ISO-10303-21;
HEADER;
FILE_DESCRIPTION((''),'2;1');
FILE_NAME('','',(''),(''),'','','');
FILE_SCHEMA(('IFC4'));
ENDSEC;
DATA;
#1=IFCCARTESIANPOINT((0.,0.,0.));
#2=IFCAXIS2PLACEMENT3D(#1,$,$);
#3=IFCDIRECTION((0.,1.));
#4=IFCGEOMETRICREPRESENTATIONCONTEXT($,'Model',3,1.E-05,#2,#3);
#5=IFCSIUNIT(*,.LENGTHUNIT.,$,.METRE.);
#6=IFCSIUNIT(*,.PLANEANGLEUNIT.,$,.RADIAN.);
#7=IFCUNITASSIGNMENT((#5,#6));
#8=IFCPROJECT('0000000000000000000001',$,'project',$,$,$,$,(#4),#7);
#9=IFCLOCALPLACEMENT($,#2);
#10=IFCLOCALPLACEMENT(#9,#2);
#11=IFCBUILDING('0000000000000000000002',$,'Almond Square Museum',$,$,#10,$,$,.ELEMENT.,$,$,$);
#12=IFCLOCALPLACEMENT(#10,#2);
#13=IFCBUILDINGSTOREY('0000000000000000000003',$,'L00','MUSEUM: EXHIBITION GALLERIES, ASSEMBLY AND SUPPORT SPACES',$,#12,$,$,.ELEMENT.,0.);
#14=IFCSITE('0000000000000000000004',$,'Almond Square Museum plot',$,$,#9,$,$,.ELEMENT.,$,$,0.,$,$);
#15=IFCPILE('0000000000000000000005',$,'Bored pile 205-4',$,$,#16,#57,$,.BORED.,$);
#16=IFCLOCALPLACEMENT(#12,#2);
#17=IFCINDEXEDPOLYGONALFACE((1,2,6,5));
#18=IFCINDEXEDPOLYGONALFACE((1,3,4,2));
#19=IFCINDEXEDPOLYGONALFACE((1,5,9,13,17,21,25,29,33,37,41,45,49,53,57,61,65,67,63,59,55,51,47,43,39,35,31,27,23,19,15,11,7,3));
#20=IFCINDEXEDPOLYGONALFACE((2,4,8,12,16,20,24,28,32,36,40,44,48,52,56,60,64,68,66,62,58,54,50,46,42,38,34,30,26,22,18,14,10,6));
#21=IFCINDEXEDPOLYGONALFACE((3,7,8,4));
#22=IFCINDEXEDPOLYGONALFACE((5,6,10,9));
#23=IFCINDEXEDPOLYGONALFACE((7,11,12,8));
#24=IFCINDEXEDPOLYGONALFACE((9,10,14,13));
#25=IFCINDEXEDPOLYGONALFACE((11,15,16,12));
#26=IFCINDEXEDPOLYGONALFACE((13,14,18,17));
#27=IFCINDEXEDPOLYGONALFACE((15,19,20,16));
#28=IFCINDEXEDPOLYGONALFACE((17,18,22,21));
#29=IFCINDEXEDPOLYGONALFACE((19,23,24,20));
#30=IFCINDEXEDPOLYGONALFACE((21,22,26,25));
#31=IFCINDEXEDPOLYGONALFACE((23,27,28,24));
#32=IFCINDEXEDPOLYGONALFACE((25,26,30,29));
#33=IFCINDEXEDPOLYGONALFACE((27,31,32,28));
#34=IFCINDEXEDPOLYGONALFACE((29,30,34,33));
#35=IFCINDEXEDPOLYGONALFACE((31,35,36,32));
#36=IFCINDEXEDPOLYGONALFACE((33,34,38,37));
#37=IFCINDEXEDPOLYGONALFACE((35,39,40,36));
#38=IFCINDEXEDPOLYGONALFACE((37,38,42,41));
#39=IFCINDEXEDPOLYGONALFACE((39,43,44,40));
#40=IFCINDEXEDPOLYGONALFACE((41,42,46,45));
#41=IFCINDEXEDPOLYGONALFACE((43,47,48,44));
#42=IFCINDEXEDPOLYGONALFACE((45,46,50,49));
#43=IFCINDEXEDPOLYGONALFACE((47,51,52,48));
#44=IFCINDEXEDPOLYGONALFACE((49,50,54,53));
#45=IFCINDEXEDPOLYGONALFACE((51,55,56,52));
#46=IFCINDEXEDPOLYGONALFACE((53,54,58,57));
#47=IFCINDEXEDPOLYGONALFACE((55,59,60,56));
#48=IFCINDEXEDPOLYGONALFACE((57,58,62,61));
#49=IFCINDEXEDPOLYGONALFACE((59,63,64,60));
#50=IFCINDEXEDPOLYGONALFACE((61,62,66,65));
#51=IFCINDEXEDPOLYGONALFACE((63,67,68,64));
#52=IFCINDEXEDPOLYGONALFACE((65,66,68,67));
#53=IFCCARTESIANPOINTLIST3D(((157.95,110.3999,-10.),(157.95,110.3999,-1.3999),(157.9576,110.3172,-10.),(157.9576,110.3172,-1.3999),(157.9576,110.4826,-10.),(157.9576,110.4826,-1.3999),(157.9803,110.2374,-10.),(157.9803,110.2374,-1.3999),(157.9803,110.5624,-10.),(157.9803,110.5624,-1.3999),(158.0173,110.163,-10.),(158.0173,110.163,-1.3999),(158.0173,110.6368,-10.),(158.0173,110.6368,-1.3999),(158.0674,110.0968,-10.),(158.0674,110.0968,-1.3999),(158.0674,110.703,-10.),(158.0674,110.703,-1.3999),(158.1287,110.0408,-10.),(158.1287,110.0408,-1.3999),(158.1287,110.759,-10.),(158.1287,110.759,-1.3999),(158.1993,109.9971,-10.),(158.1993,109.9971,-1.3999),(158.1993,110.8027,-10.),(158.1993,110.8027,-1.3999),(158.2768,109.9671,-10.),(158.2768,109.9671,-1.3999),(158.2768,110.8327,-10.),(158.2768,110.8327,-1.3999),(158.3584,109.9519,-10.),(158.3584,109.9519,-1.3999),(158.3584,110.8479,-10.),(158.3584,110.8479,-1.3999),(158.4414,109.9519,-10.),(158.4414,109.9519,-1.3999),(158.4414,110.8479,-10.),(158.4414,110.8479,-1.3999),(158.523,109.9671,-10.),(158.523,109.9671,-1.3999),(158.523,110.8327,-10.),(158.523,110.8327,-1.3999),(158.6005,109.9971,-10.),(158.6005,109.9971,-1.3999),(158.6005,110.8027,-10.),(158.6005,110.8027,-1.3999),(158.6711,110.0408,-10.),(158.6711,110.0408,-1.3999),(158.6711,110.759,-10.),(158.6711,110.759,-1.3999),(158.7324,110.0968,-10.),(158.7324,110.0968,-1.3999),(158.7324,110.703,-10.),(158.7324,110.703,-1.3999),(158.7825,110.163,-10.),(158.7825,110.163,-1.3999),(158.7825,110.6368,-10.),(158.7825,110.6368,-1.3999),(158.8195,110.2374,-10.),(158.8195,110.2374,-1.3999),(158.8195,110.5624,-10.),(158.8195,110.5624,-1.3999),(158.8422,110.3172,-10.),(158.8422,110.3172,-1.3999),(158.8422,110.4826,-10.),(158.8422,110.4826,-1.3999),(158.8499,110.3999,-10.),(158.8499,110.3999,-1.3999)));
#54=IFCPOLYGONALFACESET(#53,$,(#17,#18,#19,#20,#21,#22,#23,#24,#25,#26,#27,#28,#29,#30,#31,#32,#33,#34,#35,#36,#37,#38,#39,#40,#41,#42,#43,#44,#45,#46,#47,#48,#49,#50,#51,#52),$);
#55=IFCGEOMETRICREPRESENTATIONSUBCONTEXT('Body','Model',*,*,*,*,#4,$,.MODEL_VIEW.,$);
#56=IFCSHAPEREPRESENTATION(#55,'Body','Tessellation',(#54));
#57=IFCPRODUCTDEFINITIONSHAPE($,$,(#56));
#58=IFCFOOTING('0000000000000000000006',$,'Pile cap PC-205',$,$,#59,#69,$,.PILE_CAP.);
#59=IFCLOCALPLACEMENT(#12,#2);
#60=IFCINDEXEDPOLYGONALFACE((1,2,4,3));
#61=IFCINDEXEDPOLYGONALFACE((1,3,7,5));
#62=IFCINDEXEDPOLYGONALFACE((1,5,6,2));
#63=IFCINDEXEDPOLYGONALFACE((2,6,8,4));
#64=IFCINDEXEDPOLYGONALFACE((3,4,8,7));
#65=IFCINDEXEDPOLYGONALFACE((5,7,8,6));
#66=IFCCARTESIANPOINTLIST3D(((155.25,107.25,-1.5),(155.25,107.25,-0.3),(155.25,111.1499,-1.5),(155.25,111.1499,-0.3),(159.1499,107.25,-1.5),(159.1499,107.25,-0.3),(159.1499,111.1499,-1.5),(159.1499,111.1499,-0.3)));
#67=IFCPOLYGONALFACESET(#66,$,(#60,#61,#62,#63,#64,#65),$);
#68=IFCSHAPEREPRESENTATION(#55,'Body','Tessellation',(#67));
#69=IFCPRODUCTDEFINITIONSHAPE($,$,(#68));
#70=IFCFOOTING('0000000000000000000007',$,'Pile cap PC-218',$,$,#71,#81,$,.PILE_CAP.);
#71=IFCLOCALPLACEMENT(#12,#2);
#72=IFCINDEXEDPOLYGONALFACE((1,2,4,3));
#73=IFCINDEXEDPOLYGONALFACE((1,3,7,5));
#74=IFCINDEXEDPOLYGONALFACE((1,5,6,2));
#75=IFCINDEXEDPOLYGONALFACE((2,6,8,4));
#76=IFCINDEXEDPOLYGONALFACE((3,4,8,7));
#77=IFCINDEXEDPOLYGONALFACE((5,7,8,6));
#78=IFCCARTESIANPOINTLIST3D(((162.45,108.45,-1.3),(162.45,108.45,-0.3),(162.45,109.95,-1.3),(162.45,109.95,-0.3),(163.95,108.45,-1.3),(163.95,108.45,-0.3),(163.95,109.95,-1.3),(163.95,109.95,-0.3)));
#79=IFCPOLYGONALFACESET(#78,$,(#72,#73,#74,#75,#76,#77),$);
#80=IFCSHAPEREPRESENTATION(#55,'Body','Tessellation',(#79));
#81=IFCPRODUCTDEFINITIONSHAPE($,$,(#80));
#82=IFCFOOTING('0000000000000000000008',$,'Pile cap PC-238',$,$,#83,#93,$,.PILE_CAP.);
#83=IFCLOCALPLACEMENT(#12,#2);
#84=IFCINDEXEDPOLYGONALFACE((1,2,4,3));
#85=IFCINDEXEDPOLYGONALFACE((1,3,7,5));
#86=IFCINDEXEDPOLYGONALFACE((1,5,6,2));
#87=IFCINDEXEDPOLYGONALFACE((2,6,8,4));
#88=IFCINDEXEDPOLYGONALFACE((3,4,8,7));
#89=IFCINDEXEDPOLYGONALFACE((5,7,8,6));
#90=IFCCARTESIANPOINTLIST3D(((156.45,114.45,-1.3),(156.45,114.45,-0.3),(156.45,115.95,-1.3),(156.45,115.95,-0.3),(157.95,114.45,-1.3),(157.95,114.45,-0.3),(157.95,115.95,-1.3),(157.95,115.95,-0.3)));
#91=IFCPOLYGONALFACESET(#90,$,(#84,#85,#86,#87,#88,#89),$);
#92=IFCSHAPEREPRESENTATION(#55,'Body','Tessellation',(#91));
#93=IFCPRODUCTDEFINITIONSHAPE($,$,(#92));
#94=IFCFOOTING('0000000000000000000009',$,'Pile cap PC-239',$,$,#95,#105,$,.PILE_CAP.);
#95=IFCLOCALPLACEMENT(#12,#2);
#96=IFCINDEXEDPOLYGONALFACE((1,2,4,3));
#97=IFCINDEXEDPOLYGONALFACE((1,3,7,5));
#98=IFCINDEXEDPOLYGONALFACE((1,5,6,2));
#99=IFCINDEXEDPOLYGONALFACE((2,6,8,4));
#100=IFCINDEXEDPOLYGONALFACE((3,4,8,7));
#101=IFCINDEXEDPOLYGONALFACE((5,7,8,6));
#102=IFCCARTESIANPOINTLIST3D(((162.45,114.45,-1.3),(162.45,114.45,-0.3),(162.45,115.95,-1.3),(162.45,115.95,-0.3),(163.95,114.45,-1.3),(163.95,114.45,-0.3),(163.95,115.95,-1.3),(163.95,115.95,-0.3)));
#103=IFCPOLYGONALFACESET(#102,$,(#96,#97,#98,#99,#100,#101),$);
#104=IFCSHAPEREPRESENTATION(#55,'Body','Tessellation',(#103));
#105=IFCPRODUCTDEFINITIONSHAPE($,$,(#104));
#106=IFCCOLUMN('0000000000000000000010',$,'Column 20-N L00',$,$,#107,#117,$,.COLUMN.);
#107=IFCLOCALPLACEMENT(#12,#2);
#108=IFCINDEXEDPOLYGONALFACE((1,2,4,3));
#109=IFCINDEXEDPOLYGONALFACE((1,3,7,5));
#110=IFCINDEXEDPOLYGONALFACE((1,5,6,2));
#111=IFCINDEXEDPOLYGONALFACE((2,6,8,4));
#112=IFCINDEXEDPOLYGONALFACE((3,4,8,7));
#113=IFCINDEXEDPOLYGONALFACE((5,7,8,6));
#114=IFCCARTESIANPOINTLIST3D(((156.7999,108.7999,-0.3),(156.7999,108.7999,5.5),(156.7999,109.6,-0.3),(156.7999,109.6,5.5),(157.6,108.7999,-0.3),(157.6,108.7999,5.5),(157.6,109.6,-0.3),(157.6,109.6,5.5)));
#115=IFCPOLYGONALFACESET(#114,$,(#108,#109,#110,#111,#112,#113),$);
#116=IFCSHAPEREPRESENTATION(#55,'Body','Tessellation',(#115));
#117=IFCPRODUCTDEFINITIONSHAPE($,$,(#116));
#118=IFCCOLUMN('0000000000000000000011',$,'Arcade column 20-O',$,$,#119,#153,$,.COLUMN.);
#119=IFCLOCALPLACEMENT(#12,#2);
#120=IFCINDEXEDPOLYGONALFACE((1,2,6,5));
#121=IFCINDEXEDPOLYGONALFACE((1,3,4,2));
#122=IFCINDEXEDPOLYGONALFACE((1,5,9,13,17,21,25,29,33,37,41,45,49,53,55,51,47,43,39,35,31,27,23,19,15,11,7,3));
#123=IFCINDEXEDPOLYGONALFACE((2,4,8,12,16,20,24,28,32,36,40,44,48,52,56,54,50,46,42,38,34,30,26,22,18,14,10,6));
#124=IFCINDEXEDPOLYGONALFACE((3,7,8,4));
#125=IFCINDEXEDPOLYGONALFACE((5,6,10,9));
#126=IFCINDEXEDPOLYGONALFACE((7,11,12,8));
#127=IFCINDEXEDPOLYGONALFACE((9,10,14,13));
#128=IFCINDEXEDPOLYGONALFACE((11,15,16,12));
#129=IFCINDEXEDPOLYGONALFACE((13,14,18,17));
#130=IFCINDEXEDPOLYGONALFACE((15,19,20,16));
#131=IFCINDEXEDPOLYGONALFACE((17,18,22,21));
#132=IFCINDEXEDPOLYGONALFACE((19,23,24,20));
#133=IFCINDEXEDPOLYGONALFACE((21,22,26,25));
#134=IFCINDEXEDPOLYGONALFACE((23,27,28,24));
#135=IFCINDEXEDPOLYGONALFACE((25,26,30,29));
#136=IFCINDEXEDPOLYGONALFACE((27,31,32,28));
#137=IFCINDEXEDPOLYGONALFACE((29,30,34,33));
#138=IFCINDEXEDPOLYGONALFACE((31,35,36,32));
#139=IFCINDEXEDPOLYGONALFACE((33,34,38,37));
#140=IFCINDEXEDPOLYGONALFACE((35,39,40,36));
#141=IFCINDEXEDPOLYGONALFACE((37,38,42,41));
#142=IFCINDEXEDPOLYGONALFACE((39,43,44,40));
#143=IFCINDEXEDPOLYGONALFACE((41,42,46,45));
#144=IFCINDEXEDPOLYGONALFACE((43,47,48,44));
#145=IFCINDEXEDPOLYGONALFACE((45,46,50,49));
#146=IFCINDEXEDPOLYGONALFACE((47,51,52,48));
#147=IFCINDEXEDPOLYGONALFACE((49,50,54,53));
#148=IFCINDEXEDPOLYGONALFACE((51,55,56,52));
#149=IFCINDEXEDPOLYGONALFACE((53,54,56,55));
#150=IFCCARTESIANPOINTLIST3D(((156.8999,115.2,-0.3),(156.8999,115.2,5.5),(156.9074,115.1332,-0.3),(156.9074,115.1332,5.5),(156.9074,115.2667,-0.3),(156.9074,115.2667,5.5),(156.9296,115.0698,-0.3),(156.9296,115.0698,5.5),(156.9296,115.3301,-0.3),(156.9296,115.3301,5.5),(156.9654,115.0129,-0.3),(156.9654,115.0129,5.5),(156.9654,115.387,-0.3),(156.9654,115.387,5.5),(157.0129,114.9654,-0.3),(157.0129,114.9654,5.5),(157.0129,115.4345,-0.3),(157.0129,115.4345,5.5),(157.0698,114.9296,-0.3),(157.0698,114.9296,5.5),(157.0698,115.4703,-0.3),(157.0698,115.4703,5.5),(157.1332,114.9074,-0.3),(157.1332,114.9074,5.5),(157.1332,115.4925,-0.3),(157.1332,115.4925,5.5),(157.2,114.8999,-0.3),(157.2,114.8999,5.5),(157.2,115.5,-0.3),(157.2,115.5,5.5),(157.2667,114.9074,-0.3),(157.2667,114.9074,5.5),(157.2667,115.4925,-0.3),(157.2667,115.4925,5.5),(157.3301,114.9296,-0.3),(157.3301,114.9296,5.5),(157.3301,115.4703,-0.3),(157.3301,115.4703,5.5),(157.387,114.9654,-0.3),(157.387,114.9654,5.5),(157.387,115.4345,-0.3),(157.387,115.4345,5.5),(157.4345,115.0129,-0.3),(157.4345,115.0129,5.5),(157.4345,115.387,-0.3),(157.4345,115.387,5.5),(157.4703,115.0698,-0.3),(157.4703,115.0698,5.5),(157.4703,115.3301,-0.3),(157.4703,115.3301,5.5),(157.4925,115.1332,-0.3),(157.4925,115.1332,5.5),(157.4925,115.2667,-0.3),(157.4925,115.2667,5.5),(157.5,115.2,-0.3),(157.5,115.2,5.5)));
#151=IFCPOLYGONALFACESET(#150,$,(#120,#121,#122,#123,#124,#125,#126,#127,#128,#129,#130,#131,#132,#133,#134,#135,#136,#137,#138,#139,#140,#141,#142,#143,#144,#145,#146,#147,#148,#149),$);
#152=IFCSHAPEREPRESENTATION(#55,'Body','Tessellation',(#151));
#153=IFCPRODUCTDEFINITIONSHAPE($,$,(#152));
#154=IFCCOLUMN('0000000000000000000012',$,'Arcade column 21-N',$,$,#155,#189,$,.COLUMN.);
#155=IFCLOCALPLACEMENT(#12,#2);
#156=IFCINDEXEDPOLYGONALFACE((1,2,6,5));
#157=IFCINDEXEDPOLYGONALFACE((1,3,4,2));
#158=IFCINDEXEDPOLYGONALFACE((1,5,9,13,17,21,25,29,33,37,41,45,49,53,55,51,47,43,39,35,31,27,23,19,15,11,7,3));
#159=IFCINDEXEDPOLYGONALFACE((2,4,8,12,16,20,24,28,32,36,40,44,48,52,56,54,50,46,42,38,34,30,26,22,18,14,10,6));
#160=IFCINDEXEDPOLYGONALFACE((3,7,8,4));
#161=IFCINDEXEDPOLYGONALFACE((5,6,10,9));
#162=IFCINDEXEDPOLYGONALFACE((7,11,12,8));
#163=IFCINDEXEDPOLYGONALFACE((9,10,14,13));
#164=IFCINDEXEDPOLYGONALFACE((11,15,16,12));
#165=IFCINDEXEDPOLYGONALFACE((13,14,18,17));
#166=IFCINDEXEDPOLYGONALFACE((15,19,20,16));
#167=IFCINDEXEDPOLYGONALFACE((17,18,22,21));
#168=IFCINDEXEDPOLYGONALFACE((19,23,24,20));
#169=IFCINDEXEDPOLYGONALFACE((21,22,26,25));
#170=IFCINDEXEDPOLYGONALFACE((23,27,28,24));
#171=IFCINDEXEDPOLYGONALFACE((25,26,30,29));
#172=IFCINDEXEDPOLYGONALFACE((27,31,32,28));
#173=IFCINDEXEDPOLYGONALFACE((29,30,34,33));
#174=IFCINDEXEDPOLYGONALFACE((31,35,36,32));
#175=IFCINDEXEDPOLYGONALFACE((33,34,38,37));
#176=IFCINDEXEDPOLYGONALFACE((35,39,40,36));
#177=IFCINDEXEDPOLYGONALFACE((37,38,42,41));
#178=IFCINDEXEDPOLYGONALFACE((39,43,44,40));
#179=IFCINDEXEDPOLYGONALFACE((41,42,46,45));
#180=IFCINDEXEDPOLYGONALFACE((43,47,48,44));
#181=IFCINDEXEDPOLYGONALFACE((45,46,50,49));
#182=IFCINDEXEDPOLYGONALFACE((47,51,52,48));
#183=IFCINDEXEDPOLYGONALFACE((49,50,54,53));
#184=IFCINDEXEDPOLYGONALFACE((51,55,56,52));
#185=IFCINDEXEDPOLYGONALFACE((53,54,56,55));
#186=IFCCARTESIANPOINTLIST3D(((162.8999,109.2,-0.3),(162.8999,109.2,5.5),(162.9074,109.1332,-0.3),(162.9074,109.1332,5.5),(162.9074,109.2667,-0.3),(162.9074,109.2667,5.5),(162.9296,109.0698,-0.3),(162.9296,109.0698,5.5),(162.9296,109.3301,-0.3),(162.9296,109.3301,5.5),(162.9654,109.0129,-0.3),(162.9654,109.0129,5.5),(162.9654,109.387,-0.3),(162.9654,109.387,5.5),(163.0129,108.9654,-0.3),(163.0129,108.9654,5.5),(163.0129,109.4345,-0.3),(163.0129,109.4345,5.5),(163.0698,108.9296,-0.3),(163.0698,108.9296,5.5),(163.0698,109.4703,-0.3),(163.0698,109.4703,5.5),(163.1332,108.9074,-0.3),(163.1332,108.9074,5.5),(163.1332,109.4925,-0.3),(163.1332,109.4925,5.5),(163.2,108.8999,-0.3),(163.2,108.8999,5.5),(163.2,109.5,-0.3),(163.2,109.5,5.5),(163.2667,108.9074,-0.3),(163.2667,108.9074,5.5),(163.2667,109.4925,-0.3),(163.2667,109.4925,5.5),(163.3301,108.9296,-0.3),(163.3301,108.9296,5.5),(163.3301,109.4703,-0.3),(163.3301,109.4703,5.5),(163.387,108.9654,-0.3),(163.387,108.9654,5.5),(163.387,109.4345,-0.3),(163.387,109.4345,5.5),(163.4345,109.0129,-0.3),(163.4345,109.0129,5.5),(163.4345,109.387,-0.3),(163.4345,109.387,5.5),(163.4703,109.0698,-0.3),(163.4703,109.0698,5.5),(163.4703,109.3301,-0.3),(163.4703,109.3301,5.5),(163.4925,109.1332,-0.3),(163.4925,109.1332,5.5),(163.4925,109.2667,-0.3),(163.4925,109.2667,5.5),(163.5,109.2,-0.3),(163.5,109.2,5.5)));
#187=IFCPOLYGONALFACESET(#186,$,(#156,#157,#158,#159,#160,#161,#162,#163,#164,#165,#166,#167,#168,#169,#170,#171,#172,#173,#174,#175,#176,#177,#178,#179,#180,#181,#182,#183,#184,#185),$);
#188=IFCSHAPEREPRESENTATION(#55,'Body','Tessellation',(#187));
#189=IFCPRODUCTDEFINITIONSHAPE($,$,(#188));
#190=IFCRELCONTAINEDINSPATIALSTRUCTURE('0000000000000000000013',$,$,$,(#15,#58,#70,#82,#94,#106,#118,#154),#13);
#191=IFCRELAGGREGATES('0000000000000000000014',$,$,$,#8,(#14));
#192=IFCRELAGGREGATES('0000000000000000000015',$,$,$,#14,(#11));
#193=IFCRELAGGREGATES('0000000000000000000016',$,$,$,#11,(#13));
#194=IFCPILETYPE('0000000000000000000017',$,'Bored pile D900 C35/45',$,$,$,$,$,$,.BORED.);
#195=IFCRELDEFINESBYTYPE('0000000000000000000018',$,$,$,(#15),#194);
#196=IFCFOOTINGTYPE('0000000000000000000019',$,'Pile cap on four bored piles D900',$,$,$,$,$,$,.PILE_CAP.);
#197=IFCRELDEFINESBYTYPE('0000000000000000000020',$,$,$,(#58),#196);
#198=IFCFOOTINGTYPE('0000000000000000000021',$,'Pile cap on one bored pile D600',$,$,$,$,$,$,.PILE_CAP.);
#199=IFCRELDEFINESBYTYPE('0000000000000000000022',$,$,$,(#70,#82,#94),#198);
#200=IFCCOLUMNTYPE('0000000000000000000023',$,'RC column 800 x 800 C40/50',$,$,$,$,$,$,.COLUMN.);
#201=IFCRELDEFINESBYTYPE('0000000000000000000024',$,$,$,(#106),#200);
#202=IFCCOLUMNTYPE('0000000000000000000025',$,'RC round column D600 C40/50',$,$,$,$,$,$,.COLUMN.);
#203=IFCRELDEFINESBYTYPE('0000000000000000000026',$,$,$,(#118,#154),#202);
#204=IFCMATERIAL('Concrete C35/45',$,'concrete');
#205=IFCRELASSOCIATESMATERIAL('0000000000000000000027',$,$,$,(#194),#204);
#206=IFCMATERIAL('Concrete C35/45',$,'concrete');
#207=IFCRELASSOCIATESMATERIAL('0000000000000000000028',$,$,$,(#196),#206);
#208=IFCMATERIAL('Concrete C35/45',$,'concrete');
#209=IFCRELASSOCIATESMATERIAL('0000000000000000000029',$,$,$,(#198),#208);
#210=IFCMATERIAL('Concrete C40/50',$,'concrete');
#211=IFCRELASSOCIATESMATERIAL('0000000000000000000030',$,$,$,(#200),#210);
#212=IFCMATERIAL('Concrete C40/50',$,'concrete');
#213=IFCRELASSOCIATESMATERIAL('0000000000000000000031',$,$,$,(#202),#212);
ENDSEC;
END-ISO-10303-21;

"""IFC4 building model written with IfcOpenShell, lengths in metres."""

from ifc_helpers import new_model, si_unit, direction, frame, origin, origin_2d, place, context, subcontext, project, spatial, rectangle, circle, extrude, material, material_profile, profile_set, type_object, element, save


model = new_model("IFC4")

# Units and contexts
model_context = context("Model", 3, precision=1e-05, world=origin(), true_north=direction((0.0, 1.0)))
body_context = subcontext(model_context, "Body", "Model", "MODEL_VIEW")
ifc_project = project(units=[si_unit("LENGTHUNIT", "METRE"), si_unit("PLANEANGLEUNIT", "RADIAN")], contexts=[model_context])

# Site, building, storey
site_placement = place(None, origin())
site = spatial("IfcSite", under=ifc_project, at=site_placement, Name="Almond Square Museum plot", CompositionType="ELEMENT", RefElevation=0.0)
building_placement = place(site_placement, origin())
building = spatial("IfcBuilding", under=site, at=building_placement, Name="Almond Square Museum", CompositionType="ELEMENT")
storey_placement = place(building_placement, origin())
storey = spatial("IfcBuildingStorey", under=building, at=storey_placement, Name="L00", Description="MUSEUM: EXHIBITION GALLERIES, ASSEMBLY AND SUPPORT SPACES", CompositionType="ELEMENT", Elevation=0.0)

# Pile
ifc_material_1 = material(Name="Concrete C35/45", Category="concrete")
ifc_material_profile_1 = material_profile(ifc_material_1, circle(Radius=0.45, at=origin_2d()))
ifc_profile_set_1 = profile_set([ifc_material_profile_1], Name="Concrete C35/45")
pile_type_1 = type_object("IfcPileType", Name="Bored pile D900 C35/45", PredefinedType="BORED", material=ifc_profile_set_1)
for number, where, z_axis, x_axis, name in (
    (1, (158.3999, 110.3999, -1.3999), (0.0, 0.0, -1.0), (1.0, 0.0, 0.0), "Bored pile 205-4"),
):
    element("IfcPile", number, at=place(storey_placement, frame(where, z_axis=z_axis, x_axis=x_axis)), inside=storey, type_object=pile_type_1, Name=name, PredefinedType="BORED", context=body_context, shape_type="SweptSolid", body=[
        extrude(circle(Radius=0.45, at=origin_2d()), origin(), (0.0, 0.0, 1.0), 8.6001),
    ])

# Footings
ifc_material_2 = material(Name="Concrete C35/45", Category="concrete")
footing_type_1 = type_object("IfcFootingType", Name="Pile cap on four bored piles D900", PredefinedType="PILE_CAP", material=ifc_material_2)
footing_placement = place(storey_placement, frame((157.2, 109.2, -1.5), z_axis=(0.0, 0.0, 1.0), x_axis=(1.0, 0.0, 0.0)))
element("IfcFooting", 2, at=footing_placement, inside=storey, type_object=footing_type_1, Name="Pile cap PC-205", PredefinedType="PILE_CAP", context=body_context, shape_type="SweptSolid", body=[
    extrude(rectangle(XDim=3.8999, YDim=3.8999, at=origin_2d()), origin(), (0.0, 0.0, 1.0), 1.2),
])
ifc_material_3 = material(Name="Concrete C35/45", Category="concrete")
footing_type_2 = type_object("IfcFootingType", Name="Pile cap on one bored pile D600", PredefinedType="PILE_CAP", material=ifc_material_3)
for number, where, z_axis, x_axis, name in (
    (3, (163.2, 109.2, -1.3), (0.0, 0.0, 1.0), (1.0, 0.0, 0.0), "Pile cap PC-218"),
    (4, (157.2, 115.2, -1.3), (0.0, 0.0, 1.0), (1.0, 0.0, 0.0), "Pile cap PC-238"),
    (5, (163.2, 115.2, -1.3), (0.0, 0.0, 1.0), (1.0, 0.0, 0.0), "Pile cap PC-239"),
):
    element("IfcFooting", number, at=place(storey_placement, frame(where, z_axis=z_axis, x_axis=x_axis)), inside=storey, type_object=footing_type_2, Name=name, PredefinedType="PILE_CAP", context=body_context, shape_type="SweptSolid", body=[
        extrude(rectangle(XDim=1.5, YDim=1.5, at=origin_2d()), origin(), (0.0, 0.0, 1.0), 1.0),
    ])

# Columns
ifc_material_4 = material(Name="Concrete C40/50", Category="concrete")
ifc_material_profile_2 = material_profile(ifc_material_4, rectangle(XDim=0.8, YDim=0.8, at=origin_2d()))
ifc_profile_set_2 = profile_set([ifc_material_profile_2], Name="Concrete C40/50")
column_type_1 = type_object("IfcColumnType", Name="RC column 800 x 800 C40/50", PredefinedType="COLUMN", material=ifc_profile_set_2)
column_placement = place(storey_placement, frame((157.2, 109.2, -0.3), z_axis=(0.0, 0.0, 1.0), x_axis=(1.0, 0.0, 0.0)))
element("IfcColumn", 6, at=column_placement, inside=storey, type_object=column_type_1, Name="Column 20-N L00", PredefinedType="COLUMN", context=body_context, shape_type="SweptSolid", body=[
    extrude(rectangle(XDim=0.8, YDim=0.8, at=origin_2d()), origin(), (0.0, 0.0, 1.0), 5.8),
])
ifc_material_5 = material(Name="Concrete C40/50", Category="concrete")
ifc_material_profile_3 = material_profile(ifc_material_5, circle(Radius=0.3, at=origin_2d()))
ifc_profile_set_3 = profile_set([ifc_material_profile_3], Name="Concrete C40/50")
column_type_2 = type_object("IfcColumnType", Name="RC round column D600 C40/50", PredefinedType="COLUMN", material=ifc_profile_set_3)
for number, where, z_axis, x_axis, name in (
    (7, (157.2, 115.2, -0.3), (0.0, 0.0, 1.0), (1.0, 0.0, 0.0), "Arcade column 20-O"),
    (8, (163.2, 109.2, -0.3), (0.0, 0.0, 1.0), (1.0, 0.0, 0.0), "Arcade column 21-N"),
):
    element("IfcColumn", number, at=place(storey_placement, frame(where, z_axis=z_axis, x_axis=x_axis)), inside=storey, type_object=column_type_2, Name=name, PredefinedType="COLUMN", context=body_context, shape_type="SweptSolid", body=[
        extrude(circle(Radius=0.3, at=origin_2d()), origin(), (0.0, 0.0, 1.0), 5.8),
    ])

save(model, "model.ifc")
